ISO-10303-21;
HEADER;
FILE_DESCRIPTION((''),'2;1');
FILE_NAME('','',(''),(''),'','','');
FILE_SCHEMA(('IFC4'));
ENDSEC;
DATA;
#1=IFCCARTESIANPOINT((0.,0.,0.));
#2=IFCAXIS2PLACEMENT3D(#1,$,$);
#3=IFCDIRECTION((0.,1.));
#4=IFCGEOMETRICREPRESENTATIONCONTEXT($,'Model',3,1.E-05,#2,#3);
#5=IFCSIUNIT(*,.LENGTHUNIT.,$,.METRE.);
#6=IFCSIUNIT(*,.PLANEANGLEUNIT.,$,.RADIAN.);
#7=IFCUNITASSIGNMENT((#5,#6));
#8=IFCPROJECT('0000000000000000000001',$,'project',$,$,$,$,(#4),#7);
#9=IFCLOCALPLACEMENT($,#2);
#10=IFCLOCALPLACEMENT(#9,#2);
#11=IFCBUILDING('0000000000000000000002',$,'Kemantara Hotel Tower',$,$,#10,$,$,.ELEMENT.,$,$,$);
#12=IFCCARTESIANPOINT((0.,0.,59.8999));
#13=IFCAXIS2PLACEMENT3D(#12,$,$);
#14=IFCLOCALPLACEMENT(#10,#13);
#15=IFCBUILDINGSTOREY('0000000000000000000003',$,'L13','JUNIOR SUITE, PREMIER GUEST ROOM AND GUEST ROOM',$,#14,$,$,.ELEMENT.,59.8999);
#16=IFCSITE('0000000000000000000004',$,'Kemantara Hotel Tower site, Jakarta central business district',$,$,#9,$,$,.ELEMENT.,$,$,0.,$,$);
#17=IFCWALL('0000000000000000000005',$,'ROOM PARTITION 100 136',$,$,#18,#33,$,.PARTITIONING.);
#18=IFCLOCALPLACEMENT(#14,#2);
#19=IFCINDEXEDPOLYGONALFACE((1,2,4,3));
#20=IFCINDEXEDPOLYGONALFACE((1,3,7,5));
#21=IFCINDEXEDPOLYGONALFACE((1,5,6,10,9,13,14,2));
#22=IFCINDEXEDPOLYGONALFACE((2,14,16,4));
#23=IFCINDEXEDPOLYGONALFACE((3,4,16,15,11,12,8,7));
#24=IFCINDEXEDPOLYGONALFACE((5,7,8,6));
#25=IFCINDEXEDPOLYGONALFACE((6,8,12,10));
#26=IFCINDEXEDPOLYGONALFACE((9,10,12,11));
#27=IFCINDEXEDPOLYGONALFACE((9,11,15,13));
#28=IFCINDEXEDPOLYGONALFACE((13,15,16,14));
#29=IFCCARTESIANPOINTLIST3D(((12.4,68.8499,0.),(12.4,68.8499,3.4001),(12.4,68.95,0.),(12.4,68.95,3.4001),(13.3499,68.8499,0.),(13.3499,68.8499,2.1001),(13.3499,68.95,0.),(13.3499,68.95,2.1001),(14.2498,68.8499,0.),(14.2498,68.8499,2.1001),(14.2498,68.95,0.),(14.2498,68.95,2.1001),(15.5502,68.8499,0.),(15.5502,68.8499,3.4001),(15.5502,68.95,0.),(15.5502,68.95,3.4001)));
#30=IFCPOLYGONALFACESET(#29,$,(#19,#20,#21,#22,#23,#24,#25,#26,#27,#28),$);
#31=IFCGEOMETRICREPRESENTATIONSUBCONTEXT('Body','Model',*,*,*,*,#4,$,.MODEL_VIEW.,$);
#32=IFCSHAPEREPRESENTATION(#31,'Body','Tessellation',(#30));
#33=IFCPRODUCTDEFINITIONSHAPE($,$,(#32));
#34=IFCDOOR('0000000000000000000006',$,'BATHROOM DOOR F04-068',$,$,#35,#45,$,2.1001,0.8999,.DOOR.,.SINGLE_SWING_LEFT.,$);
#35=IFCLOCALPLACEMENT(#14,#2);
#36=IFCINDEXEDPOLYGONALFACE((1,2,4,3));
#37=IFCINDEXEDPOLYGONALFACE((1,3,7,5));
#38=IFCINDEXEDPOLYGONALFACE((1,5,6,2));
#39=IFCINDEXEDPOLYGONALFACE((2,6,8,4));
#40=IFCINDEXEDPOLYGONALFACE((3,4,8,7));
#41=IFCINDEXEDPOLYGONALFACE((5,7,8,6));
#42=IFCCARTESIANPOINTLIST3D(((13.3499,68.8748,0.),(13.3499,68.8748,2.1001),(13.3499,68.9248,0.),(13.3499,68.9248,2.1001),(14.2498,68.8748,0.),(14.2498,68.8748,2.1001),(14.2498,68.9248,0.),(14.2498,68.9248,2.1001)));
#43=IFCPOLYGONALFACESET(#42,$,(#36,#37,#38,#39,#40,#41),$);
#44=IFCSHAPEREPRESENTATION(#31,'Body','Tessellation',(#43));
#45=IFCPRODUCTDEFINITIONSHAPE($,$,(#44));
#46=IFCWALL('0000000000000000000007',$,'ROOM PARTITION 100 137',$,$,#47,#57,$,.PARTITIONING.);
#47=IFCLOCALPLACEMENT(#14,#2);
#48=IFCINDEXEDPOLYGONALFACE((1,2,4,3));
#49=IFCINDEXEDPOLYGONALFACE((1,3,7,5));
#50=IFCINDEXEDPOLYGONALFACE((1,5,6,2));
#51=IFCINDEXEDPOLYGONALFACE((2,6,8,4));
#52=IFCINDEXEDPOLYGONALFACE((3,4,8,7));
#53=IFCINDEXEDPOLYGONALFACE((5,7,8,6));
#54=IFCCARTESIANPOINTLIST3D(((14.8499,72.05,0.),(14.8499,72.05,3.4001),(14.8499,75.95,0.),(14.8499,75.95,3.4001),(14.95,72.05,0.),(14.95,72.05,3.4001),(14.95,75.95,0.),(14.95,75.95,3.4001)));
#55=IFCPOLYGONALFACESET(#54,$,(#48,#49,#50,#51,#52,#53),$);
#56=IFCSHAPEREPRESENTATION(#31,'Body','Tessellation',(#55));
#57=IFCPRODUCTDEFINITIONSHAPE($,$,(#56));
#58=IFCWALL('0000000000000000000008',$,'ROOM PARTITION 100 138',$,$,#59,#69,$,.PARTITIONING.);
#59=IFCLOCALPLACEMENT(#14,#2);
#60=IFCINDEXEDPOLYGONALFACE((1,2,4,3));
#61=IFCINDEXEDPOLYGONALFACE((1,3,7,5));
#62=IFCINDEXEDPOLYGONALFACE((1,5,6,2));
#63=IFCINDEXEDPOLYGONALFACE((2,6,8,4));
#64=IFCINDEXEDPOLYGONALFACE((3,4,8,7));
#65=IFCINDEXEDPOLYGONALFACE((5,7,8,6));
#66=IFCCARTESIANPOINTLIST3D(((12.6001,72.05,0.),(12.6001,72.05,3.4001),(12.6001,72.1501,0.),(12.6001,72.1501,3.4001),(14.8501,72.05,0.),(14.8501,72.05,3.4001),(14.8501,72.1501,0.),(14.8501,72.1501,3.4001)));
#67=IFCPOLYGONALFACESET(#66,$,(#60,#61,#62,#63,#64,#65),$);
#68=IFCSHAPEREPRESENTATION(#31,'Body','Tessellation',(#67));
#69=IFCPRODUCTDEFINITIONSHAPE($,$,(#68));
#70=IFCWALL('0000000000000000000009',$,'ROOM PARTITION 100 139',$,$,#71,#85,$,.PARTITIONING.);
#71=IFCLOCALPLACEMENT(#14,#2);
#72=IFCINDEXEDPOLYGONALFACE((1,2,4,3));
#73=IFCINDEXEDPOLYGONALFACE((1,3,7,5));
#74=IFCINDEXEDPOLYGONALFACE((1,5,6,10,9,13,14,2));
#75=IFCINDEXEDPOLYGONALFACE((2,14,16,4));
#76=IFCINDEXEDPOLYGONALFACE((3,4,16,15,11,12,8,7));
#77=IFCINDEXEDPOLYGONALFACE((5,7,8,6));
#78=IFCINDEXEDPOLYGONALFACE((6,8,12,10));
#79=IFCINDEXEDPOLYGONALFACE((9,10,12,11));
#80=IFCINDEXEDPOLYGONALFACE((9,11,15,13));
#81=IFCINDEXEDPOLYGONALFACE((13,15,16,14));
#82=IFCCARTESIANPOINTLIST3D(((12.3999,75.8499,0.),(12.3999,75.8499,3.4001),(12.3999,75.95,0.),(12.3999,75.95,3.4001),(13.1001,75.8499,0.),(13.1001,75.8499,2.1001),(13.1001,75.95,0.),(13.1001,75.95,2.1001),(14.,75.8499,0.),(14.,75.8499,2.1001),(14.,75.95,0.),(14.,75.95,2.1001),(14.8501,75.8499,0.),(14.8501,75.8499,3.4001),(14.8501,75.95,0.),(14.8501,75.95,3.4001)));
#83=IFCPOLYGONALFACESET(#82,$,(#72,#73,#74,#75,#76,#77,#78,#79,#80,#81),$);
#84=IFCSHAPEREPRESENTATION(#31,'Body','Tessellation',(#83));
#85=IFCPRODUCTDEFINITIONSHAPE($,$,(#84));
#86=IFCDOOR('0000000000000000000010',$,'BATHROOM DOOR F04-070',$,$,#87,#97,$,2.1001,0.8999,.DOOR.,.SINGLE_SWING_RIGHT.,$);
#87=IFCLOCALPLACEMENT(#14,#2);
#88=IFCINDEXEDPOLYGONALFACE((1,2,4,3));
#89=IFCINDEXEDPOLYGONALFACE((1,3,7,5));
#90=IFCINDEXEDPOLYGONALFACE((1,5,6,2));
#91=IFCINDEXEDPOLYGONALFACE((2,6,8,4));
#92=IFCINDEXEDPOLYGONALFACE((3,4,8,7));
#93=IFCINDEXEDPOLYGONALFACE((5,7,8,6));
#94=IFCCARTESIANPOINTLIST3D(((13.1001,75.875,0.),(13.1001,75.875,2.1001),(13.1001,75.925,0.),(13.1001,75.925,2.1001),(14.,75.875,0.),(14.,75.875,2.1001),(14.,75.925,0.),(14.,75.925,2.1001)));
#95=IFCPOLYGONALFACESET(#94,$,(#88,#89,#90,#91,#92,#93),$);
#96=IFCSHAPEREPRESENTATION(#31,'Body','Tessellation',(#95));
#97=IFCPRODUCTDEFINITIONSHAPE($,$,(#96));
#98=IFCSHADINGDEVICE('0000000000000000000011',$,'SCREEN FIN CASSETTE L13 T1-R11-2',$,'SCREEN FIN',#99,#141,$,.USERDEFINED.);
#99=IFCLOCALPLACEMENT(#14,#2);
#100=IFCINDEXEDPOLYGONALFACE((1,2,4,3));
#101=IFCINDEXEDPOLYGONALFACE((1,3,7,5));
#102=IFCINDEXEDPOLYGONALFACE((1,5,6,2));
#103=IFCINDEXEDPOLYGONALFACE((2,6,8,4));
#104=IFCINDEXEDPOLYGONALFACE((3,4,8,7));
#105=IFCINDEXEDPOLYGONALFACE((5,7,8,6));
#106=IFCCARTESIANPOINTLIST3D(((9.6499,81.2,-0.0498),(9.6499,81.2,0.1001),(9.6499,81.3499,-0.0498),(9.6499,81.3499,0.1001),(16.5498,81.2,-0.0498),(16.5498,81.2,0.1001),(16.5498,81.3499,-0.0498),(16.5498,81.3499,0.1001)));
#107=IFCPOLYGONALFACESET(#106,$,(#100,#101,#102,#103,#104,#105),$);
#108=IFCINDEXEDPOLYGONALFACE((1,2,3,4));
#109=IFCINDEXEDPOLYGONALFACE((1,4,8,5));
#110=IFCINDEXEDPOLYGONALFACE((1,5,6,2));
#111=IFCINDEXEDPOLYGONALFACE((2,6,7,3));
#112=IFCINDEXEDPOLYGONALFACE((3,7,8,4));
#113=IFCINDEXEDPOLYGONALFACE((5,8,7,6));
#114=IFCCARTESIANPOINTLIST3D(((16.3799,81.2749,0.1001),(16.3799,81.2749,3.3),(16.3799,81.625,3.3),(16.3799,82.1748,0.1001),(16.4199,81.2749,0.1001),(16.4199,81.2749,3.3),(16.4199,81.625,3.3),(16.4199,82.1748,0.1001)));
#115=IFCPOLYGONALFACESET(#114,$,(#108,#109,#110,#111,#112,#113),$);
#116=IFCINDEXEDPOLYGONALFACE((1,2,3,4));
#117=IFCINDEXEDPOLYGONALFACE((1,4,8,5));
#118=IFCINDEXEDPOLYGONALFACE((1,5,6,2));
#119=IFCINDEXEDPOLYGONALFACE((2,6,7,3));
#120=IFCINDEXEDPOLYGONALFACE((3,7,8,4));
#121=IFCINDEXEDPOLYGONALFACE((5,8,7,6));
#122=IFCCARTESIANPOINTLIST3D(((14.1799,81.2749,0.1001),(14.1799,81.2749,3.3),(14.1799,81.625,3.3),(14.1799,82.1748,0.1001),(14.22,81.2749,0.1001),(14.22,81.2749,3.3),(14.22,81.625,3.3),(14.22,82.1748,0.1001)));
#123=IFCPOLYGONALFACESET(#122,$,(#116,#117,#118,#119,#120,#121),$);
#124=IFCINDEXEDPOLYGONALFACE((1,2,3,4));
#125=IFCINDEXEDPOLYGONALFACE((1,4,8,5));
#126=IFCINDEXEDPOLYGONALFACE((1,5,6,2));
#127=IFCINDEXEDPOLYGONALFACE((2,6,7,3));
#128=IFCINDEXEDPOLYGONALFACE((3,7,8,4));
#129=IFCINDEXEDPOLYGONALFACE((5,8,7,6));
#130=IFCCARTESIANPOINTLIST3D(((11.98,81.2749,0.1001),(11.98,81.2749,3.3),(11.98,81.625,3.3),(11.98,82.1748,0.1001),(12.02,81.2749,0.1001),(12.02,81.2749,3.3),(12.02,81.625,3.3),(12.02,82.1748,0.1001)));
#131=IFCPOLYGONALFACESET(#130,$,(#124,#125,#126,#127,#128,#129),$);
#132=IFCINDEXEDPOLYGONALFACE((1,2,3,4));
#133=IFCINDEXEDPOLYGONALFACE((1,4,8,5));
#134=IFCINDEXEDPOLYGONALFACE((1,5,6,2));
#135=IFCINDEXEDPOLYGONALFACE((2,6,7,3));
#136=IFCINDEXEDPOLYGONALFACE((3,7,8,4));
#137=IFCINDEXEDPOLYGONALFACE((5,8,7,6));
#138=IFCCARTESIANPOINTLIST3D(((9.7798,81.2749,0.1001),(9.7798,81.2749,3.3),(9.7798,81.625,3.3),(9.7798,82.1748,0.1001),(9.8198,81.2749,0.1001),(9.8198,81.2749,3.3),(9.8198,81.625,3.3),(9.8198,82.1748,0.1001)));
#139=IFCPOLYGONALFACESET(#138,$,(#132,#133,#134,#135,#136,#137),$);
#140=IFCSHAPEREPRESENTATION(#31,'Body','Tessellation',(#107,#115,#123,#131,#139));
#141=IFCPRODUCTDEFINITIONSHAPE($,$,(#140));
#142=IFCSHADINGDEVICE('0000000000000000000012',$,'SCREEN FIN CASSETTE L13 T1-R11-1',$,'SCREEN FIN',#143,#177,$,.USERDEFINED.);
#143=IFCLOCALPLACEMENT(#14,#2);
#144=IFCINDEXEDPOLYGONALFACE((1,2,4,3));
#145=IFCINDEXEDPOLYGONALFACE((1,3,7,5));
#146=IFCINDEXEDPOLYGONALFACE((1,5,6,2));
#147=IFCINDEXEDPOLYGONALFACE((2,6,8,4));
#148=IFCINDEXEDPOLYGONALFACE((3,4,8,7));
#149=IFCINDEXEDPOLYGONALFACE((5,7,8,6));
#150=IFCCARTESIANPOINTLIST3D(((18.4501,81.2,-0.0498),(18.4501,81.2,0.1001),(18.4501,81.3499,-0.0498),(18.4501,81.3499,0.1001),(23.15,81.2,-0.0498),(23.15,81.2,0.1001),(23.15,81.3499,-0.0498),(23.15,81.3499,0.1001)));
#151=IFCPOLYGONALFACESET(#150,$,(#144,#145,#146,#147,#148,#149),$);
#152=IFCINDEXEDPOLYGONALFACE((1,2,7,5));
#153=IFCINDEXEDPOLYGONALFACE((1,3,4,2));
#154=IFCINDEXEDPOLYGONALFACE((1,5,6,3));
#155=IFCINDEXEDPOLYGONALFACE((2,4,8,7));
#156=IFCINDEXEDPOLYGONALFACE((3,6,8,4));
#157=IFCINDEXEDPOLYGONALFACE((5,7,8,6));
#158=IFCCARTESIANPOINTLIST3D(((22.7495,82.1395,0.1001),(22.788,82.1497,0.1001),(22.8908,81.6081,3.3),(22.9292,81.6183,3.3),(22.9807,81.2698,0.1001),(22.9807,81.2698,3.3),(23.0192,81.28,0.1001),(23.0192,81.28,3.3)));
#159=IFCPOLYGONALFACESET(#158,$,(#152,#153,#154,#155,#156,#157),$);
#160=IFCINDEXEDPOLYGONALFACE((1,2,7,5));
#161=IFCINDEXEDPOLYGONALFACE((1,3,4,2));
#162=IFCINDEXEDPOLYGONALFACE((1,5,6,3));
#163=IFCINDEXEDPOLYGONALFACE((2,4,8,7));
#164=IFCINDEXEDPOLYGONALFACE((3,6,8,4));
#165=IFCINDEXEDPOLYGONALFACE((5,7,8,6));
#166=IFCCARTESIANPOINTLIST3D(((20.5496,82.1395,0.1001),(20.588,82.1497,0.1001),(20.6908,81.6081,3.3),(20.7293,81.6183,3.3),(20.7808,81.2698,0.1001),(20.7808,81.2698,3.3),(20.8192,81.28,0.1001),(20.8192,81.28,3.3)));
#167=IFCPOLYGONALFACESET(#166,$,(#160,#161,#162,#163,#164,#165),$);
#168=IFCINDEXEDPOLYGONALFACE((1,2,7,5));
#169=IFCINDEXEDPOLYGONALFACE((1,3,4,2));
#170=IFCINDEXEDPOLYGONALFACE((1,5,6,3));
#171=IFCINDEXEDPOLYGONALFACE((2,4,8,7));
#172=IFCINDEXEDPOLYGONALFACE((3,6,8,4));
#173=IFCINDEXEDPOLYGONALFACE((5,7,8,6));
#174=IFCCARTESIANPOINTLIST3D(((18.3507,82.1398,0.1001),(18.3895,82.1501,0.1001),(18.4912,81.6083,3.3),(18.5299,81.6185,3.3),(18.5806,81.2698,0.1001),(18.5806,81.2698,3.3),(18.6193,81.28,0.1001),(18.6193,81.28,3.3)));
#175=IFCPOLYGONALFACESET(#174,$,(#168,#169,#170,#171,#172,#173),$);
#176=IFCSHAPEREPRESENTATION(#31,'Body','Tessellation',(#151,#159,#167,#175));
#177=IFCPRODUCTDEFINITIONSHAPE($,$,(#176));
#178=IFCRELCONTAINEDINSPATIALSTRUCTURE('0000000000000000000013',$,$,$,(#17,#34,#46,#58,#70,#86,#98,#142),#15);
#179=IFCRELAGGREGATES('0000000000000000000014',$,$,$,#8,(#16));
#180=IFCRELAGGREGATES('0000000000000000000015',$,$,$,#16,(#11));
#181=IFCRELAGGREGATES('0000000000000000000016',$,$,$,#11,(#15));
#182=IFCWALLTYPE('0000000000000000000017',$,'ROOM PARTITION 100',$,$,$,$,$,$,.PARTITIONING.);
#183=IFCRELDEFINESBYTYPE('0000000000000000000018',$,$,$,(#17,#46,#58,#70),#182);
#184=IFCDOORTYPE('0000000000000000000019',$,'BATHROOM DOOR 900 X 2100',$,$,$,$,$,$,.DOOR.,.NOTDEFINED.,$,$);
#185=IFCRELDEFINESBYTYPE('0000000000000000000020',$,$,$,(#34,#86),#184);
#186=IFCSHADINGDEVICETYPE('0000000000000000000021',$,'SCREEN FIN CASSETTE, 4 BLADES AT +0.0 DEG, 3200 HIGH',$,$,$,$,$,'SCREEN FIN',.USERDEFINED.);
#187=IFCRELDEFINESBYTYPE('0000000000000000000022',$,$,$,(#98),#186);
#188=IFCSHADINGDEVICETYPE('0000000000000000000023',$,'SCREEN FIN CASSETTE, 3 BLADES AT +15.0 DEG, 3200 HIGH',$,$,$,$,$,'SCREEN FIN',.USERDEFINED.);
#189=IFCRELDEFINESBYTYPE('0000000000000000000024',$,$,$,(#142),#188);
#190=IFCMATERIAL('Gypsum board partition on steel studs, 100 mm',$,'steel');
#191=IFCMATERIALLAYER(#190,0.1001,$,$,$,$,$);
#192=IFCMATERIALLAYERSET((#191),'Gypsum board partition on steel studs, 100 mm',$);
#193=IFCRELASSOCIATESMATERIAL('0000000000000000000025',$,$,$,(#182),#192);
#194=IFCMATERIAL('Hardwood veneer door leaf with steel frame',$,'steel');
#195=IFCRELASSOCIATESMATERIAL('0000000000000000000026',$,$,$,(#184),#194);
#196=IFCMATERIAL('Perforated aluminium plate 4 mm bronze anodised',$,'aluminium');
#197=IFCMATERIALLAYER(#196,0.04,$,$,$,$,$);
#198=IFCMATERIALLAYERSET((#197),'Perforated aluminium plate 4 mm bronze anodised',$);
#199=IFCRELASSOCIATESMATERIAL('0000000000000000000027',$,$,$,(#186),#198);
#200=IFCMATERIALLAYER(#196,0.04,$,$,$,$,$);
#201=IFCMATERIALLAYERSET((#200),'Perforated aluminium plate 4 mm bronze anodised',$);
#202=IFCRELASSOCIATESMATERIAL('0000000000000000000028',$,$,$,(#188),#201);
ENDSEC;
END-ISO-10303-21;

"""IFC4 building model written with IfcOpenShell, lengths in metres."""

from ifc_helpers import new_model, si_unit, direction, frame, frame_2d, origin, origin_2d, place, context, subcontext, project, spatial, polyline, rectangle, outline, extrude, source, transform, mapped, material, layer, layer_set, type_object, element, fill, save


model = new_model("IFC4")

# Units and contexts
model_context = context("Model", 3, precision=1e-05, world=origin(), true_north=direction((0.0, 1.0)))
body_context = subcontext(model_context, "Body", "Model", "MODEL_VIEW")
ifc_project = project(units=[si_unit("LENGTHUNIT", "METRE"), si_unit("PLANEANGLEUNIT", "RADIAN")], contexts=[model_context])

# Site, building, storey
site_placement = place(None, origin())
site = spatial("IfcSite", under=ifc_project, at=site_placement, Name="Kemantara Hotel Tower site, Jakarta central business district", CompositionType="ELEMENT", RefElevation=0.0)
building_placement = place(site_placement, origin())
building = spatial("IfcBuilding", under=site, at=building_placement, Name="Kemantara Hotel Tower", CompositionType="ELEMENT")
storey_placement = place(building_placement, frame((0.0, 0.0, 59.8999)))
storey = spatial("IfcBuildingStorey", under=building, at=storey_placement, Name="L13", Description="JUNIOR SUITE, PREMIER GUEST ROOM AND GUEST ROOM", CompositionType="ELEMENT", Elevation=59.8999)

# Shared definitions
ifc_material_1 = material(Name="Hardwood veneer door leaf with steel frame", Category="steel")

# Wall, opening, door
ifc_material_2 = material(Name="Gypsum board partition on steel studs, 100 mm", Category="steel")
ifc_layer_1 = layer(ifc_material_2, 0.1001)
ifc_layer_set_1 = layer_set([ifc_layer_1], Name="Gypsum board partition on steel studs, 100 mm")
wall_type_1 = type_object("IfcWallType", Name="ROOM PARTITION 100", PredefinedType="PARTITIONING", material=ifc_layer_set_1)
wall_1_placement = place(storey_placement, frame((12.3999, 68.8999, 0.0), z_axis=(0.0, 0.0, 1.0), x_axis=(1.0, 0.0, 0.0)))
wall_1 = element("IfcWall", 1, at=wall_1_placement, inside=storey, type_object=wall_type_1, Name="ROOM PARTITION 100 136", PredefinedType="PARTITIONING", context=body_context, shape_type="SweptSolid", body=[
    extrude(rectangle(XDim=3.1501, YDim=0.1001, at=frame_2d((1.5752, 0.0))), origin(), (0.0, 0.0, 1.0), 3.4001),
])
opening_1_placement = place(wall_1_placement, frame((0.95, 0.0, 0.0)))
opening_1 = element("IfcOpeningElement", 2, at=opening_1_placement, cuts=wall_1, PredefinedType="OPENING", context=body_context, shape_type="SweptSolid", body=[
    extrude(rectangle(XDim=0.8999, YDim=2.1001, at=frame_2d((0.45, 1.05))), frame((0.0, 0.0601, 0.0), z_axis=(0.0, -1.0, 0.0), x_axis=(1.0, 0.0, 0.0)), (0.0, 0.0, 1.0), 0.1201),
])
door_type_1 = type_object("IfcDoorType", Name="BATHROOM DOOR 900 X 2100", OperationType="NOTDEFINED", PredefinedType="DOOR", material=ifc_material_1)
door_1_placement = place(opening_1_placement, origin())
door_1 = element("IfcDoor", 3, at=door_1_placement, inside=storey, type_object=door_type_1, Name="BATHROOM DOOR F04-068", OperationType="SINGLE_SWING_LEFT", OverallHeight=2.1001, OverallWidth=0.8999, PredefinedType="DOOR", context=body_context, shape_type="SweptSolid", body=[
    extrude(rectangle(XDim=0.8999, YDim=2.1001, at=frame_2d((0.45, 1.05))), frame((0.0, 0.0249, 0.0), z_axis=(0.0, -1.0, 0.0), x_axis=(1.0, 0.0, 0.0)), (0.0, 0.0, 1.0), 0.05),
])
fill(opening_1, door_1)

# Walls
wall_2_placement = place(storey_placement, frame((14.8999, 72.05, 0.0), z_axis=(0.0, 0.0, 1.0), x_axis=(0.0, 1.0, 0.0)))
element("IfcWall", 4, at=wall_2_placement, inside=storey, type_object=wall_type_1, Name="ROOM PARTITION 100 137", PredefinedType="PARTITIONING", context=body_context, shape_type="SweptSolid", body=[
    extrude(rectangle(XDim=3.8999, YDim=0.1001, at=frame_2d((1.95, 0.0))), origin(), (0.0, 0.0, 1.0), 3.4001),
])
wall_3_placement = place(storey_placement, frame((12.6001, 72.1001, 0.0), z_axis=(0.0, 0.0, 1.0), x_axis=(1.0, 0.0, 0.0)))
element("IfcWall", 5, at=wall_3_placement, inside=storey, type_object=wall_type_1, Name="ROOM PARTITION 100 138", PredefinedType="PARTITIONING", context=body_context, shape_type="SweptSolid", body=[
    extrude(rectangle(XDim=2.25, YDim=0.1001, at=frame_2d((1.125, 0.0))), origin(), (0.0, 0.0, 1.0), 3.4001),
])

# Wall, opening, door
wall_4_placement = place(storey_placement, frame((14.8501, 75.8999, 0.0), z_axis=(0.0, 0.0, 1.0), x_axis=(-1.0, 0.0, 0.0)))
wall_4 = element("IfcWall", 6, at=wall_4_placement, inside=storey, type_object=wall_type_1, Name="ROOM PARTITION 100 139", PredefinedType="PARTITIONING", context=body_context, shape_type="SweptSolid", body=[
    extrude(rectangle(XDim=2.4502, YDim=0.1001, at=frame_2d((1.2251, 0.0))), origin(), (0.0, 0.0, 1.0), 3.4001),
])
opening_2_placement = place(wall_4_placement, frame((0.8501, 0.0, 0.0)))
opening_2 = element("IfcOpeningElement", 7, at=opening_2_placement, cuts=wall_4, PredefinedType="OPENING", context=body_context, shape_type="SweptSolid", body=[
    extrude(rectangle(XDim=0.8999, YDim=2.1001, at=frame_2d((0.45, 1.05))), frame((0.0, 0.0601, 0.0), z_axis=(0.0, -1.0, 0.0), x_axis=(1.0, 0.0, 0.0)), (0.0, 0.0, 1.0), 0.1201),
])
door_2_placement = place(opening_2_placement, origin())
door_2 = element("IfcDoor", 8, at=door_2_placement, inside=storey, type_object=door_type_1, Name="BATHROOM DOOR F04-070", OperationType="SINGLE_SWING_RIGHT", OverallHeight=2.1001, OverallWidth=0.8999, PredefinedType="DOOR", context=body_context, shape_type="SweptSolid", body=[
    extrude(rectangle(XDim=0.8999, YDim=2.1001, at=frame_2d((0.45, 1.05))), frame((0.0, 0.0249, 0.0), z_axis=(0.0, -1.0, 0.0), x_axis=(1.0, 0.0, 0.0)), (0.0, 0.0, 1.0), 0.05),
])
fill(opening_2, door_2)

# Shading devices
ifc_material_3 = material(Name="Perforated aluminium plate 4 mm bronze anodised", Category="aluminium")
ifc_layer_2 = layer(ifc_material_3, 0.04)
ifc_layer_set_2 = layer_set([ifc_layer_2], Name="Perforated aluminium plate 4 mm bronze anodised")
shading_device_type_1 = type_object("IfcShadingDeviceType", Name="SCREEN FIN CASSETTE, 4 BLADES AT +0.0 DEG, 3200 HIGH", ElementType="SCREEN FIN", PredefinedType="USERDEFINED", material=ifc_layer_set_2)
shared_shape_1 = source(origin(), body_context, "Body", "SweptSolid", [
    extrude(rectangle(XDim=6.8999, YDim=0.1499, at=origin_2d()), frame((3.3, -0.075, -0.1499), z_axis=(0.0, 0.0, 1.0), x_axis=(1.0, 0.0, 0.0)), (0.0, 0.0, 1.0), 0.1499),
    extrude(outline(polyline([(0.0, 0.0), (0.8999, 0.0), (0.3501, 3.2), (0.0, 3.2), (0.0, 0.0)])), frame((0.02, -0.075, 0.0), z_axis=(-1.0, 0.0, 0.0), x_axis=(0.0, -1.0, 0.0)), (0.0, 0.0, 1.0), 0.04),
    extrude(outline(polyline([(0.0, 0.0), (0.8999, 0.0), (0.3501, 3.2), (0.0, 3.2), (0.0, 0.0)])), frame((2.22, -0.075, 0.0), z_axis=(-1.0, 0.0, 0.0), x_axis=(0.0, -1.0, 0.0)), (0.0, 0.0, 1.0), 0.04),
    extrude(outline(polyline([(0.0, 0.0), (0.8999, 0.0), (0.3501, 3.2), (0.0, 3.2), (0.0, 0.0)])), frame((4.4199, -0.075, 0.0), z_axis=(-1.0, 0.0, 0.0), x_axis=(0.0, -1.0, 0.0)), (0.0, 0.0, 1.0), 0.04),
    extrude(outline(polyline([(0.0, 0.0), (0.8999, 0.0), (0.3501, 3.2), (0.0, 3.2), (0.0, 0.0)])), frame((6.6201, -0.075, 0.0), z_axis=(-1.0, 0.0, 0.0), x_axis=(0.0, -1.0, 0.0)), (0.0, 0.0, 1.0), 0.04),
])
shading_device_1_placement = place(storey_placement, frame((16.3999, 81.2, 0.1001), z_axis=(0.0, 0.0, 1.0), x_axis=(-1.0, 0.0, 0.0)))
element("IfcShadingDevice", 9, at=shading_device_1_placement, inside=storey, type_object=shading_device_type_1, Name="SCREEN FIN CASSETTE L13 T1-R11-2", ObjectType="SCREEN FIN", PredefinedType="USERDEFINED", context=body_context, shape_type="MappedRepresentation", body=[
    mapped(shared_shape_1, transform((0.0, 0.0, 0.0))),
])
ifc_layer_3 = layer(ifc_material_3, 0.04)
ifc_layer_set_3 = layer_set([ifc_layer_3], Name="Perforated aluminium plate 4 mm bronze anodised")
shading_device_type_2 = type_object("IfcShadingDeviceType", Name="SCREEN FIN CASSETTE, 3 BLADES AT +15.0 DEG, 3200 HIGH", ElementType="SCREEN FIN", PredefinedType="USERDEFINED", material=ifc_layer_set_3)
shared_shape_2 = source(origin(), body_context, "Body", "SweptSolid", [
    extrude(rectangle(XDim=4.7, YDim=0.1499, at=origin_2d()), frame((2.2, -0.075, -0.1499), z_axis=(0.0, 0.0, 1.0), x_axis=(1.0, 0.0, 0.0)), (0.0, 0.0, 1.0), 0.1499),
    extrude(outline(polyline([(0.0, 0.0), (0.8999, 0.0), (0.3501, 3.2), (0.0, 3.2), (0.0, 0.0)])), frame((0.0193, -0.0698, 0.0), z_axis=(-0.966438, -0.256901, 0.0), x_axis=(0.256901, -0.966438, 0.0)), (0.0, 0.0, 1.0), 0.0398),
    extrude(outline(polyline([(0.0, 0.0), (0.8999, 0.0), (0.3501, 3.2), (0.0, 3.2), (0.0, 0.0)])), frame((2.2192, -0.0698, 0.0), z_axis=(-0.966438, -0.256901, 0.0), x_axis=(0.256901, -0.966438, 0.0)), (0.0, 0.0, 1.0), 0.0398),
    extrude(outline(polyline([(0.0, 0.0), (0.8999, 0.0), (0.3501, 3.2), (0.0, 3.2), (0.0, 0.0)])), frame((4.4194, -0.0698, 0.0), z_axis=(-0.966838, -0.255391, 0.0), x_axis=(0.255391, -0.966838, 0.0)), (0.0, 0.0, 1.0), 0.04),
])
shading_device_2_placement = place(storey_placement, frame((23.0, 81.2, 0.1001), z_axis=(0.0, 0.0, 1.0), x_axis=(-1.0, 0.0, 0.0)))
element("IfcShadingDevice", 10, at=shading_device_2_placement, inside=storey, type_object=shading_device_type_2, Name="SCREEN FIN CASSETTE L13 T1-R11-1", ObjectType="SCREEN FIN", PredefinedType="USERDEFINED", context=body_context, shape_type="MappedRepresentation", body=[
    mapped(shared_shape_2, transform((0.0, 0.0, 0.0))),
])

save(model, "model.ifc")
